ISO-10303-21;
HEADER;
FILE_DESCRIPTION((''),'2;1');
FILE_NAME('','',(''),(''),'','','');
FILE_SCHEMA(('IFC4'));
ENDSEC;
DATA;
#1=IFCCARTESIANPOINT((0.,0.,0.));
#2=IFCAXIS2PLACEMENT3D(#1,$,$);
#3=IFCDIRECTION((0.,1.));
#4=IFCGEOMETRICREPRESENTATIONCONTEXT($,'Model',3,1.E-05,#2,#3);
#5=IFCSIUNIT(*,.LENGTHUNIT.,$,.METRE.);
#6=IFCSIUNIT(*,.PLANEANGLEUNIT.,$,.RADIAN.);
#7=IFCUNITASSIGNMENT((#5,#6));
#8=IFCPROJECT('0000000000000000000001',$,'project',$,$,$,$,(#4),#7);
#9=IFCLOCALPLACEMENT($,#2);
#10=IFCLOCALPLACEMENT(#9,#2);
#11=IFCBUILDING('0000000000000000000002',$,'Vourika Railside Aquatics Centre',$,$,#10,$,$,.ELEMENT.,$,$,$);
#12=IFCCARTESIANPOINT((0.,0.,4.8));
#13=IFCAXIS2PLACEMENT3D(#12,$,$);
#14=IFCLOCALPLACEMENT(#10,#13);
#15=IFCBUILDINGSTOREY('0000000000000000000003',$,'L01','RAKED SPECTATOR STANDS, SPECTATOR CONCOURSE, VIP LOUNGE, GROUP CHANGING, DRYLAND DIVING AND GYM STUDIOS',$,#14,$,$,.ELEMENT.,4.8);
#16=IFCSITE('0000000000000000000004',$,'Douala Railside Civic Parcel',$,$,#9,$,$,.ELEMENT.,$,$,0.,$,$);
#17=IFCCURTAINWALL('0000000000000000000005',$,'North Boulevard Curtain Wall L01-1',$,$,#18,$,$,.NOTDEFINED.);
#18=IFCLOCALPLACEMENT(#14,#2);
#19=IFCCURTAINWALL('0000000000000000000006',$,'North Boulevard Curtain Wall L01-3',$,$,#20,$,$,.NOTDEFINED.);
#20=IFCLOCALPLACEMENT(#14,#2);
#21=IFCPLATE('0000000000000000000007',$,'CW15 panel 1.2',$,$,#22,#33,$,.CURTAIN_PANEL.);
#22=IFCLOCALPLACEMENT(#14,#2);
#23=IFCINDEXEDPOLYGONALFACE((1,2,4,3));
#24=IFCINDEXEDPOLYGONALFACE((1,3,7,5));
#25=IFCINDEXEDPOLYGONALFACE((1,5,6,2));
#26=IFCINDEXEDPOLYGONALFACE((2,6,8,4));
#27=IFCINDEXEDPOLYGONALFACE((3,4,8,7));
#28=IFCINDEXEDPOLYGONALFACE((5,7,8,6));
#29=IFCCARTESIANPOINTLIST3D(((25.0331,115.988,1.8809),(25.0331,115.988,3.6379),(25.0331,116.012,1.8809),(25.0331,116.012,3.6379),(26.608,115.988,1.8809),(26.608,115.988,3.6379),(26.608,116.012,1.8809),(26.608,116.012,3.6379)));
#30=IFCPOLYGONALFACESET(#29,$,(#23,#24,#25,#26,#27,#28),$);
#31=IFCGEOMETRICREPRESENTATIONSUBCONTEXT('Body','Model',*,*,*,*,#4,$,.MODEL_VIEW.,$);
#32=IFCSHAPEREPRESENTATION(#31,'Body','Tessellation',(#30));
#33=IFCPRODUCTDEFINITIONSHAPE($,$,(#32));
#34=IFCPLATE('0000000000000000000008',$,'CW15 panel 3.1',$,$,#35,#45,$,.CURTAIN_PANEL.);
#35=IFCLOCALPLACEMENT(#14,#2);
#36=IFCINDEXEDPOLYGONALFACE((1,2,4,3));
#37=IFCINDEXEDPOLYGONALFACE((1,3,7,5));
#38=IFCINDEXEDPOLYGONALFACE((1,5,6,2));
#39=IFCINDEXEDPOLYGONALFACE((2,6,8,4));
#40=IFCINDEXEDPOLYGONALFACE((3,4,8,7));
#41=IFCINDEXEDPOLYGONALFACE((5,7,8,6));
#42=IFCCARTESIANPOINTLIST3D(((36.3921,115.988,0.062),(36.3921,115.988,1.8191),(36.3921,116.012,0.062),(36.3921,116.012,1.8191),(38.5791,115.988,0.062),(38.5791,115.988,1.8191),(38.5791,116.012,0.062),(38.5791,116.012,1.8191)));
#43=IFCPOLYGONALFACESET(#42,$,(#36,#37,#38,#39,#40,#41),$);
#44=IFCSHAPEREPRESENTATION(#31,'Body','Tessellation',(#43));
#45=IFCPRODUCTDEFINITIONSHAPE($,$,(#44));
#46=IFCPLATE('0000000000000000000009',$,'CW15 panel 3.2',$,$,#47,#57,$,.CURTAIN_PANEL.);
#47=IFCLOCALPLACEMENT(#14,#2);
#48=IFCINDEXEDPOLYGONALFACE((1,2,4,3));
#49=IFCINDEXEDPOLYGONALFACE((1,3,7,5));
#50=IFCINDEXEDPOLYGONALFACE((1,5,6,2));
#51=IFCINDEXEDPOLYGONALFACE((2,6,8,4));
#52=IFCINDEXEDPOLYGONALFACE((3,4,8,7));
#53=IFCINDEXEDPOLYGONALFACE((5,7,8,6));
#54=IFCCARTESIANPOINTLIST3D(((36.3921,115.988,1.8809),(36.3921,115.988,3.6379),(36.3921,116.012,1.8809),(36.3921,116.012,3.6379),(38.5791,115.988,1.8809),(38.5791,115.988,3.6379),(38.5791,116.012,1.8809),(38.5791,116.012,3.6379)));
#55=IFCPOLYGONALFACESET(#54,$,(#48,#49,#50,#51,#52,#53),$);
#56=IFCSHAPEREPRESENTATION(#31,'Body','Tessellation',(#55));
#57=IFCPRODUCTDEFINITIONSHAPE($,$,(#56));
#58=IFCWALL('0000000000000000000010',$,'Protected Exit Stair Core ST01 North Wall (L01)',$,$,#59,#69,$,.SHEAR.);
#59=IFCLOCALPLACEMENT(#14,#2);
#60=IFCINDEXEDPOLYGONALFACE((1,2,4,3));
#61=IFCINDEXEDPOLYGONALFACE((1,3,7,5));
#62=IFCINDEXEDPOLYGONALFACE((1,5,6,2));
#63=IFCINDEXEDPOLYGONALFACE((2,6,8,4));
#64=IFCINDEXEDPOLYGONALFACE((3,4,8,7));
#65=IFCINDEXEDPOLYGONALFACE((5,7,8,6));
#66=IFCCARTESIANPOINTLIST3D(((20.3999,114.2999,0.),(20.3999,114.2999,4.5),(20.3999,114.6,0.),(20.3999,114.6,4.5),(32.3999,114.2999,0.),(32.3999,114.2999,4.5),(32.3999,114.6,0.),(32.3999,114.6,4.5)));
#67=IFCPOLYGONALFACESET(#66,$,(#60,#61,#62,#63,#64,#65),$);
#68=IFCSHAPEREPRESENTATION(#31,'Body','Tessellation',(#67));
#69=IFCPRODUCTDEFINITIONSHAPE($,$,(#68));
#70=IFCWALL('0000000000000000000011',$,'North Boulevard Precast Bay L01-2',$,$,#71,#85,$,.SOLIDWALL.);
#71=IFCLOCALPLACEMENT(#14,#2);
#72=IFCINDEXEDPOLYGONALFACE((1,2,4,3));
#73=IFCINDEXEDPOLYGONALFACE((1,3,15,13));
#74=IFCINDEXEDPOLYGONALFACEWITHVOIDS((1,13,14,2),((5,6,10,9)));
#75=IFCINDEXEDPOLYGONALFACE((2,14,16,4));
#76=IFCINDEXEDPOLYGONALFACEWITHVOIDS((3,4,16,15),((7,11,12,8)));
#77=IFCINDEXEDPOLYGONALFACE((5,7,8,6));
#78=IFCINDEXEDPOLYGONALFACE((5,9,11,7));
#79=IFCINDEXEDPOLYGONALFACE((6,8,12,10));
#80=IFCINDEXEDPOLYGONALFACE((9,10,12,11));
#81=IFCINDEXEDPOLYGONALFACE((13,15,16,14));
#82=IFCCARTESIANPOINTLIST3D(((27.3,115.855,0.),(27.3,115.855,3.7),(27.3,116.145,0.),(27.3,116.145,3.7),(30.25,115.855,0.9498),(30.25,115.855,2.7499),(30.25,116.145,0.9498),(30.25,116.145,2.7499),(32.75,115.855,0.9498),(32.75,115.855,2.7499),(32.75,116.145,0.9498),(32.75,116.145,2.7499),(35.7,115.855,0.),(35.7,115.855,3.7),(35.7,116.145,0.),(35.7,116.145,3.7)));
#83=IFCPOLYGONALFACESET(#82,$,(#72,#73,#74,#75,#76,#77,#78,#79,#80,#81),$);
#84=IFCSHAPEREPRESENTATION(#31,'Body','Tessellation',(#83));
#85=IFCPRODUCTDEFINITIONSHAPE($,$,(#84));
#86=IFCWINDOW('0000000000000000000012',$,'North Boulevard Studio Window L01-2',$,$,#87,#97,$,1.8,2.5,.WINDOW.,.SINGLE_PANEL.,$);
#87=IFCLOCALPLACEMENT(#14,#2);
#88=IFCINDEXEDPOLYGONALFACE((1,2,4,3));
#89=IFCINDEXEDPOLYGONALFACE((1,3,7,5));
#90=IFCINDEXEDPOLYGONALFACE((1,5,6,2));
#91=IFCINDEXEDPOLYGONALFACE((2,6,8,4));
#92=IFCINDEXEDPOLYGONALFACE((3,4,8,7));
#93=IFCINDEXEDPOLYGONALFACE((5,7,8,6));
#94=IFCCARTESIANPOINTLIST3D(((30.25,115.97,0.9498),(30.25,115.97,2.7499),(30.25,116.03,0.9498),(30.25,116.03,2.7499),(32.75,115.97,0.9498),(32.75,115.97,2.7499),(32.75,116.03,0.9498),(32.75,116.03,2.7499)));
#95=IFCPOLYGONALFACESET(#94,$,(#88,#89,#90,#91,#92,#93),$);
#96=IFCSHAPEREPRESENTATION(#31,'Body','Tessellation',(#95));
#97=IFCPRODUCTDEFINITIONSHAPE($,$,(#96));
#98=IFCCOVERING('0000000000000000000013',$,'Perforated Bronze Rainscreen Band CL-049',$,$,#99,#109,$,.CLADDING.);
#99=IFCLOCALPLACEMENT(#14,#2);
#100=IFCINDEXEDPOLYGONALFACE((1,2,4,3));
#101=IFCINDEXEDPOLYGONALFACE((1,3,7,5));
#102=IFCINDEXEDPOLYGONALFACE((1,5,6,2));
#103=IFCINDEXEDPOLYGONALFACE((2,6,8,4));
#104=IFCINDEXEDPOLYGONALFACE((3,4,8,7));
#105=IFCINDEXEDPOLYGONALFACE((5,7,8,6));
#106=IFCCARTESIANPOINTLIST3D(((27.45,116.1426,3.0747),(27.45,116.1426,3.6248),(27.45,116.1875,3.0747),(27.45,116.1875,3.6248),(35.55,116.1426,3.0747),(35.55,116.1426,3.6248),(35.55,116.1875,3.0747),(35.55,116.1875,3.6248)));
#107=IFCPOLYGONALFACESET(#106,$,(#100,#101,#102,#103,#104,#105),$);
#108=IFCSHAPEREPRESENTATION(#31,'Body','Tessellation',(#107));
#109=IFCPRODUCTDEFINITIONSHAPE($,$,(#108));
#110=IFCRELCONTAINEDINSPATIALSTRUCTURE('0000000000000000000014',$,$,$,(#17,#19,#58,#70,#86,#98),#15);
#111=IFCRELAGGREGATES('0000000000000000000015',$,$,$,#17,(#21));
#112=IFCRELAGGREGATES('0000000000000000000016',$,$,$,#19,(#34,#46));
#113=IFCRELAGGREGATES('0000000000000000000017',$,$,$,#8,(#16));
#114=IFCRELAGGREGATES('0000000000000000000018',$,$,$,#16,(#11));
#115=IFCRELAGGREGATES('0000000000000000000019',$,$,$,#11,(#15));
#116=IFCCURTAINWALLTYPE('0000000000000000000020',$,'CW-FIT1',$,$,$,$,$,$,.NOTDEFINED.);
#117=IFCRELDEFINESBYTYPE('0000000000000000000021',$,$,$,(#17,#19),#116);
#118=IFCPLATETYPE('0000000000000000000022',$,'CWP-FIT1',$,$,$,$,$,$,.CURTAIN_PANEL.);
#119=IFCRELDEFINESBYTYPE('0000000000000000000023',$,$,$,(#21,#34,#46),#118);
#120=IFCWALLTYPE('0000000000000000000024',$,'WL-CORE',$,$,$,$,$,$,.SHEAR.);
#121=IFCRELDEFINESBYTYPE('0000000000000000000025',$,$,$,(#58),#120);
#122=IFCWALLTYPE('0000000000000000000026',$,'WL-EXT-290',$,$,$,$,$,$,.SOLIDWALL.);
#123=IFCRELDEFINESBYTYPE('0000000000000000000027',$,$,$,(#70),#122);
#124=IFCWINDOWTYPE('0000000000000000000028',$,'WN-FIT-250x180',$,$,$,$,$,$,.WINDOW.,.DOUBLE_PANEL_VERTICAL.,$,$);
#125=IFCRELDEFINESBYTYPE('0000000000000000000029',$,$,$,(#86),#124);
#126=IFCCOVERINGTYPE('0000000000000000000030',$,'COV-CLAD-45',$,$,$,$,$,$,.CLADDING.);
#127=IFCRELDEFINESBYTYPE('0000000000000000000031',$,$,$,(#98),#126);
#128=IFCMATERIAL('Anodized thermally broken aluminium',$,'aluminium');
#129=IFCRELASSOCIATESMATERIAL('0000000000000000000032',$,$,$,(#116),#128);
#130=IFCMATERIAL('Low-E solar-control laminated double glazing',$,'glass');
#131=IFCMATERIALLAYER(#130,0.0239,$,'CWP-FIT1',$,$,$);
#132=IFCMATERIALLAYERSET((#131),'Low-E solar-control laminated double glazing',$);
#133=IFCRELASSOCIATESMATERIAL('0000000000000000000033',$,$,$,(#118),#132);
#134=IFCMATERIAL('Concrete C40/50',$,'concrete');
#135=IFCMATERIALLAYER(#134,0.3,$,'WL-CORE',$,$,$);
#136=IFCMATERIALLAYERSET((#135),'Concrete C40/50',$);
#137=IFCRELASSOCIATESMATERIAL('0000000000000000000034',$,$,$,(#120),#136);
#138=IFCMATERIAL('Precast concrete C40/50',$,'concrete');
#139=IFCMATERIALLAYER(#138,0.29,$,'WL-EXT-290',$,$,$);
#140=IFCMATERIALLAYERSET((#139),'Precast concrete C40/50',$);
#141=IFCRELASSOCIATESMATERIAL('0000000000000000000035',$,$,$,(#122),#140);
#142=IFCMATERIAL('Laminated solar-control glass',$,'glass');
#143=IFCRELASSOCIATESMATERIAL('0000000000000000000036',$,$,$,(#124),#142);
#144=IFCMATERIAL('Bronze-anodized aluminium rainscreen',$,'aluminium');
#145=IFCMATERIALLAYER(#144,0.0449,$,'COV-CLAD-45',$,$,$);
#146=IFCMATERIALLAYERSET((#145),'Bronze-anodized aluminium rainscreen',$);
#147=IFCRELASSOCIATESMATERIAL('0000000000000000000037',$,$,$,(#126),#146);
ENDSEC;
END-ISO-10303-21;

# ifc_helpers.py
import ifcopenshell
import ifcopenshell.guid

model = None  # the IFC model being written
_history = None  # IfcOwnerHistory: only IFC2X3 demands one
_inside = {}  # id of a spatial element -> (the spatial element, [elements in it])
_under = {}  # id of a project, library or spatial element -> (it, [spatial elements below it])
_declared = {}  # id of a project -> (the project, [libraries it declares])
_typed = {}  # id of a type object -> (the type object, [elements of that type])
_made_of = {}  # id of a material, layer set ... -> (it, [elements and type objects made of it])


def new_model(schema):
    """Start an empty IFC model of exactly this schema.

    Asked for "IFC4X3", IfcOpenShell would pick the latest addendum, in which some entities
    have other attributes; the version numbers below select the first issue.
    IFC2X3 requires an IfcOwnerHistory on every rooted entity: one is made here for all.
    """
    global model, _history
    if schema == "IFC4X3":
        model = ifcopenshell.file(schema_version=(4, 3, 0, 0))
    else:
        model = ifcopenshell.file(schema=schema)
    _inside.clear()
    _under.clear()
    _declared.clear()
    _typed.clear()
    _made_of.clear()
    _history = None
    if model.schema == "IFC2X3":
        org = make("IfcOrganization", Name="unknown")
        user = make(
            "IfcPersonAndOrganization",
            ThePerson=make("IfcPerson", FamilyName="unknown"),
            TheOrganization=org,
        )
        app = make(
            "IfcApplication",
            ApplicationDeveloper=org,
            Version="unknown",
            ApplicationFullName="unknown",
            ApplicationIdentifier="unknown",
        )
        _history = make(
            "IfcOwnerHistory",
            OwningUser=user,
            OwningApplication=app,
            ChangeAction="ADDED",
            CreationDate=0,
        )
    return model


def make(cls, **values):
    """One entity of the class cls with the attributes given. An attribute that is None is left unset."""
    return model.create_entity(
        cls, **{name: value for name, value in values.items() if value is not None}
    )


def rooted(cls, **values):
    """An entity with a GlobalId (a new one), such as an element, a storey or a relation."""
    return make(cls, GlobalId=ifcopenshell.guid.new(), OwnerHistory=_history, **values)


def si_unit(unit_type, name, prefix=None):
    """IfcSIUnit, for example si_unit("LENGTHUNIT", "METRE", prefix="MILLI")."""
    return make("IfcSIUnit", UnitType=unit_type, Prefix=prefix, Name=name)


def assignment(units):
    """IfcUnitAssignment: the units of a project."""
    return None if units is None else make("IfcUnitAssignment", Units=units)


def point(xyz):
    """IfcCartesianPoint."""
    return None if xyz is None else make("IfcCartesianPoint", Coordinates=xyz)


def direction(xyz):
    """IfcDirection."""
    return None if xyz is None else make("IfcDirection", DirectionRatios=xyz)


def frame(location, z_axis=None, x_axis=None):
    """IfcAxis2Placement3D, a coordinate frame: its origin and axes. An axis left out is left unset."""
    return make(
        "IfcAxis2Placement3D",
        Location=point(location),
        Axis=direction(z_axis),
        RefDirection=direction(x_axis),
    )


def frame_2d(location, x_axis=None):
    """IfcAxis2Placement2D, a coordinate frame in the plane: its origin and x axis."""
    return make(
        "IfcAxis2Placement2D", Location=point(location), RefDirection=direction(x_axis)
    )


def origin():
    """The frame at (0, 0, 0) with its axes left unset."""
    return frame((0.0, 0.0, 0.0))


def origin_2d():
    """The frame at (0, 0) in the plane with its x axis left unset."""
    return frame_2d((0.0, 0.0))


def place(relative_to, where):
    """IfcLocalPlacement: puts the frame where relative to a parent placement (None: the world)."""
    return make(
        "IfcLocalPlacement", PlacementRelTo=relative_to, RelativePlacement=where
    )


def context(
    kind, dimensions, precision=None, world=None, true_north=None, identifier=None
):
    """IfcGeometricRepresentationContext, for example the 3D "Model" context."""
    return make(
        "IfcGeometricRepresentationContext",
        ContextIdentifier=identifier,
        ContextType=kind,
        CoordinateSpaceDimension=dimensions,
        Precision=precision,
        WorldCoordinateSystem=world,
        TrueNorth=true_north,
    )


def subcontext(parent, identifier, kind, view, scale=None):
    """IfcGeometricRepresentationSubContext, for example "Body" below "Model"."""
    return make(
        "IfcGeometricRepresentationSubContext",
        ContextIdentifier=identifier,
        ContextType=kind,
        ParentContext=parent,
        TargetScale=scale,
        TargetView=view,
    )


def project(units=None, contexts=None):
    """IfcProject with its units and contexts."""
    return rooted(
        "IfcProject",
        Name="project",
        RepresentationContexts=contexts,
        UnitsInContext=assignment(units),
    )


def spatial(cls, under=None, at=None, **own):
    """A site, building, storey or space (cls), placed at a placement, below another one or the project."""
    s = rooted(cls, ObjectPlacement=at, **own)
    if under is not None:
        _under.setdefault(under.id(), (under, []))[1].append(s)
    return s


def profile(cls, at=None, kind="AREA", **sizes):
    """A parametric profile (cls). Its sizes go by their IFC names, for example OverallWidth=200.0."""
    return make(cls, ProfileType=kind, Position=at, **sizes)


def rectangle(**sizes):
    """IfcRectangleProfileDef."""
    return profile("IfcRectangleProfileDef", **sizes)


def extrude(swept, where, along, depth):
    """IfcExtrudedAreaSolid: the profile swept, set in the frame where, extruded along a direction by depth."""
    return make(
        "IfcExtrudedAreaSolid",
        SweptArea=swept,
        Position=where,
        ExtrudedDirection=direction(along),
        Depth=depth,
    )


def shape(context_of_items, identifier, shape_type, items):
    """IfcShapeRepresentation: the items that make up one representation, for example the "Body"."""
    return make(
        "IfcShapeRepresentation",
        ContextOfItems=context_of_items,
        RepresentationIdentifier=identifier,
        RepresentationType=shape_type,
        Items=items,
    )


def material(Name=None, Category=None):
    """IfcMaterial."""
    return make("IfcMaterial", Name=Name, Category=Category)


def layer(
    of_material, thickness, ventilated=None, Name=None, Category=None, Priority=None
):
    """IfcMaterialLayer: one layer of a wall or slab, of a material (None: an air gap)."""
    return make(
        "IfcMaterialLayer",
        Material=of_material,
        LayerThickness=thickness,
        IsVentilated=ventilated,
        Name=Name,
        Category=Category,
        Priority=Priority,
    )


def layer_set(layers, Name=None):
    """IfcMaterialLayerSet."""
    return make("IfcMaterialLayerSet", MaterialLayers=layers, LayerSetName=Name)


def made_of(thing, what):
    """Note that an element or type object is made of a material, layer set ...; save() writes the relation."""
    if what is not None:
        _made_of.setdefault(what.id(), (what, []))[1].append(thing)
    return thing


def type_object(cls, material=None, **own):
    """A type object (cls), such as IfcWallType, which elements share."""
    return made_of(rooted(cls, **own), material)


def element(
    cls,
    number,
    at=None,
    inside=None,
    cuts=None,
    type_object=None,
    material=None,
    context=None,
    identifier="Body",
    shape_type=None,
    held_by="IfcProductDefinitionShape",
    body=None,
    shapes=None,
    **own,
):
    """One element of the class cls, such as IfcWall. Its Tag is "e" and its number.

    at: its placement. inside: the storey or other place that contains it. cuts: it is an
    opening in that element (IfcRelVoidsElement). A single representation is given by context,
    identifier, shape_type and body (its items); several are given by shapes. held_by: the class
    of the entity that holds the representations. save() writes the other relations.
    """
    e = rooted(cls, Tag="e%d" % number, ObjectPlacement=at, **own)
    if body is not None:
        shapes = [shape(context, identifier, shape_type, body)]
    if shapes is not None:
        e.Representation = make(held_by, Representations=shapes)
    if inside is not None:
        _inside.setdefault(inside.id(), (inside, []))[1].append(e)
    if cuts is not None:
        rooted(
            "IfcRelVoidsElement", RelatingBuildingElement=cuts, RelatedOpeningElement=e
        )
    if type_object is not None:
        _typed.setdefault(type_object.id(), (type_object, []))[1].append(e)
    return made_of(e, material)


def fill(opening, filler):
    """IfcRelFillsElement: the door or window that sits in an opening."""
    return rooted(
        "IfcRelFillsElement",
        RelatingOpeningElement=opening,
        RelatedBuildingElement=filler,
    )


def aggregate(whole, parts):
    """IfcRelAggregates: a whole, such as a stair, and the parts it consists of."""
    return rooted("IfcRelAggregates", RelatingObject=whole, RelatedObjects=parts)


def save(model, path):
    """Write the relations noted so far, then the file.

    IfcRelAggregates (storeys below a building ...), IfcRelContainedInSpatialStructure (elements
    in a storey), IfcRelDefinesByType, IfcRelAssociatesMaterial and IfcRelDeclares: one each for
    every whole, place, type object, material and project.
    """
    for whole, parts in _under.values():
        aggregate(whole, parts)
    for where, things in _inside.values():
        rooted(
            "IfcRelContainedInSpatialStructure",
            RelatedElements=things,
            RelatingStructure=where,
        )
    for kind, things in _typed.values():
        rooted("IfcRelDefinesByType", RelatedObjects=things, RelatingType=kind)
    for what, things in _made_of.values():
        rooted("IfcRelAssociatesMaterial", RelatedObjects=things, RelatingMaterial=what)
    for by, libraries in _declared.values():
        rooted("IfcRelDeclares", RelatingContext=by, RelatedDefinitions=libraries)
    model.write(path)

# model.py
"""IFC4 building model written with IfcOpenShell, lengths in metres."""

from ifc_helpers import new_model, si_unit, direction, frame, frame_2d, origin, origin_2d, place, context, subcontext, project, spatial, rectangle, extrude, material, layer, layer_set, type_object, element, fill, aggregate, save


model = new_model("IFC4")

# Units and contexts
model_context = context("Model", 3, precision=1e-05, world=origin(), true_north=direction((0.0, 1.0)))
body_context = subcontext(model_context, "Body", "Model", "MODEL_VIEW")
ifc_project = project(units=[si_unit("LENGTHUNIT", "METRE"), si_unit("PLANEANGLEUNIT", "RADIAN")], contexts=[model_context])

# Site, building, storey
site_placement = place(None, origin())
site = spatial("IfcSite", under=ifc_project, at=site_placement, Name="Douala Railside Civic Parcel", CompositionType="ELEMENT", RefElevation=0.0)
building_placement = place(site_placement, origin())
building = spatial("IfcBuilding", under=site, at=building_placement, Name="Vourika Railside Aquatics Centre", CompositionType="ELEMENT")
storey_placement = place(building_placement, frame((0.0, 0.0, 4.8)))
storey = spatial("IfcBuildingStorey", under=building, at=storey_placement, Name="L01", Description="RAKED SPECTATOR STANDS, SPECTATOR CONCOURSE, VIP LOUNGE, GROUP CHANGING, DRYLAND DIVING AND GYM STUDIOS", CompositionType="ELEMENT", Elevation=4.8)

# Shared definitions
ifc_material_1 = material(Name="Concrete C40/50", Category="concrete")

# Curtain wall
ifc_material_2 = material(Name="Anodized thermally broken aluminium", Category="aluminium")
curtain_wall_type = type_object("IfcCurtainWallType", Name="CW-FIT1", PredefinedType="NOTDEFINED", material=ifc_material_2)
curtain_wall_1_placement = place(storey_placement, origin())
curtain_wall_1 = element("IfcCurtainWall", 1, at=curtain_wall_1_placement, inside=storey, type_object=curtain_wall_type, Name="North Boulevard Curtain Wall L01-1", PredefinedType="NOTDEFINED")

# Curtain wall
curtain_wall_2_placement = place(storey_placement, origin())
curtain_wall_2 = element("IfcCurtainWall", 2, at=curtain_wall_2_placement, inside=storey, type_object=curtain_wall_type, Name="North Boulevard Curtain Wall L01-3", PredefinedType="NOTDEFINED")

# Plates
ifc_material_3 = material(Name="Low-E solar-control laminated double glazing", Category="glass")
ifc_layer_1 = layer(ifc_material_3, 0.0239, Name="CWP-FIT1")
ifc_layer_set_1 = layer_set([ifc_layer_1], Name="Low-E solar-control laminated double glazing")
plate_type = type_object("IfcPlateType", Name="CWP-FIT1", PredefinedType="CURTAIN_PANEL", material=ifc_layer_set_1)
plate_1_placement = place(storey_placement, frame((25.8206, 116.0, 1.8809), z_axis=(0.0, 0.0, 1.0), x_axis=(-1.0, 0.0, 0.0)))
plate_1 = element("IfcPlate", 3, at=plate_1_placement, type_object=plate_type, Name="CW15 panel 1.2", PredefinedType="CURTAIN_PANEL", context=body_context, shape_type="SweptSolid", body=[
    extrude(rectangle(XDim=1.575, YDim=0.0239, at=origin_2d()), origin(), (0.0, 0.0, 1.0), 1.7571),
])
aggregate(curtain_wall_1, [plate_1])
plate_2_placement = place(storey_placement, frame((37.4856, 116.0, 0.062), z_axis=(0.0, 0.0, 1.0), x_axis=(-1.0, 0.0, 0.0)))
plate_2 = element("IfcPlate", 4, at=plate_2_placement, type_object=plate_type, Name="CW15 panel 3.1", PredefinedType="CURTAIN_PANEL", context=body_context, shape_type="SweptSolid", body=[
    extrude(rectangle(XDim=2.187, YDim=0.0239, at=origin_2d()), origin(), (0.0, 0.0, 1.0), 1.7571),
])
plate_3_placement = place(storey_placement, frame((37.4856, 116.0, 1.8809), z_axis=(0.0, 0.0, 1.0), x_axis=(-1.0, 0.0, 0.0)))
plate_3 = element("IfcPlate", 5, at=plate_3_placement, type_object=plate_type, Name="CW15 panel 3.2", PredefinedType="CURTAIN_PANEL", context=body_context, shape_type="SweptSolid", body=[
    extrude(rectangle(XDim=2.187, YDim=0.0239, at=origin_2d()), origin(), (0.0, 0.0, 1.0), 1.7571),
])
aggregate(curtain_wall_2, [plate_2, plate_3])

# Wall
ifc_layer_2 = layer(ifc_material_1, 0.3, Name="WL-CORE")
ifc_layer_set_2 = layer_set([ifc_layer_2], Name="Concrete C40/50")
wall_type_1 = type_object("IfcWallType", Name="WL-CORE", PredefinedType="SHEAR", material=ifc_layer_set_2)
wall_1_placement = place(storey_placement, frame((32.3999, 114.45, 0.0), z_axis=(0.0, 0.0, 1.0), x_axis=(-1.0, 0.0, 0.0)))
element("IfcWall", 6, at=wall_1_placement, inside=storey, type_object=wall_type_1, Name="Protected Exit Stair Core ST01 North Wall (L01)", PredefinedType="SHEAR", context=body_context, shape_type="SweptSolid", body=[
    extrude(rectangle(XDim=12.0, YDim=0.3, at=frame_2d((6.0, 0.0))), origin(), (0.0, 0.0, 1.0), 4.5),
])

# Wall, opening, window
ifc_material_4 = material(Name="Precast concrete C40/50", Category="concrete")
ifc_layer_3 = layer(ifc_material_4, 0.29, Name="WL-EXT-290")
ifc_layer_set_3 = layer_set([ifc_layer_3], Name="Precast concrete C40/50")
wall_type_2 = type_object("IfcWallType", Name="WL-EXT-290", PredefinedType="SOLIDWALL", material=ifc_layer_set_3)
wall_2_placement = place(storey_placement, frame((35.7, 116.0, 0.0), z_axis=(0.0, 0.0, 1.0), x_axis=(-1.0, 0.0, 0.0)))
wall_2 = element("IfcWall", 7, at=wall_2_placement, inside=storey, type_object=wall_type_2, Name="North Boulevard Precast Bay L01-2", PredefinedType="SOLIDWALL", context=body_context, shape_type="SweptSolid", body=[
    extrude(rectangle(XDim=8.3999, YDim=0.29, at=frame_2d((4.2, 0.0))), origin(), (0.0, 0.0, 1.0), 3.7),
])
opening_placement = place(wall_2_placement, frame((2.95, 0.0, 0.95)))
opening = element("IfcOpeningElement", 8, at=opening_placement, cuts=wall_2, PredefinedType="OPENING", context=body_context, shape_type="SweptSolid", body=[
    extrude(rectangle(XDim=2.5, YDim=1.8, at=frame_2d((1.25, 0.8999))), frame((0.0, 0.155, 0.0), z_axis=(0.0, -1.0, 0.0), x_axis=(1.0, 0.0, 0.0)), (0.0, 0.0, 1.0), 0.3101),
])
ifc_material_5 = material(Name="Laminated solar-control glass", Category="glass")
window_type = type_object("IfcWindowType", Name="WN-FIT-250x180", PartitioningType="DOUBLE_PANEL_VERTICAL", PredefinedType="WINDOW", material=ifc_material_5)
window_placement = place(opening_placement, origin())
window = element("IfcWindow", 9, at=window_placement, inside=storey, type_object=window_type, Name="North Boulevard Studio Window L01-2", OverallHeight=1.8, OverallWidth=2.5, PartitioningType="SINGLE_PANEL", PredefinedType="WINDOW", context=body_context, shape_type="SweptSolid", body=[
    extrude(rectangle(XDim=2.5, YDim=1.8, at=frame_2d((1.25, 0.8999))), frame((0.0, 0.03, 0.0), z_axis=(0.0, -1.0, 0.0), x_axis=(1.0, 0.0, 0.0)), (0.0, 0.0, 1.0), 0.0601),
])
fill(opening, window)

# Covering
ifc_material_6 = material(Name="Bronze-anodized aluminium rainscreen", Category="aluminium")
ifc_layer_4 = layer(ifc_material_6, 0.0449, Name="COV-CLAD-45")
ifc_layer_set_4 = layer_set([ifc_layer_4], Name="Bronze-anodized aluminium rainscreen")
covering_type = type_object("IfcCoveringType", Name="COV-CLAD-45", PredefinedType="CLADDING", material=ifc_layer_set_4)
covering_placement = place(storey_placement, frame((31.5, 116.165, 3.0747), z_axis=(0.0, 0.0, 1.0), x_axis=(-1.0, 0.0, 0.0)))
element("IfcCovering", 10, at=covering_placement, inside=storey, type_object=covering_type, Name="Perforated Bronze Rainscreen Band CL-049", PredefinedType="CLADDING", context=body_context, shape_type="SweptSolid", body=[
    extrude(rectangle(XDim=8.1001, YDim=0.0449, at=origin_2d()), origin(), (0.0, 0.0, 1.0), 0.55),
])

save(model, "model.ifc")
